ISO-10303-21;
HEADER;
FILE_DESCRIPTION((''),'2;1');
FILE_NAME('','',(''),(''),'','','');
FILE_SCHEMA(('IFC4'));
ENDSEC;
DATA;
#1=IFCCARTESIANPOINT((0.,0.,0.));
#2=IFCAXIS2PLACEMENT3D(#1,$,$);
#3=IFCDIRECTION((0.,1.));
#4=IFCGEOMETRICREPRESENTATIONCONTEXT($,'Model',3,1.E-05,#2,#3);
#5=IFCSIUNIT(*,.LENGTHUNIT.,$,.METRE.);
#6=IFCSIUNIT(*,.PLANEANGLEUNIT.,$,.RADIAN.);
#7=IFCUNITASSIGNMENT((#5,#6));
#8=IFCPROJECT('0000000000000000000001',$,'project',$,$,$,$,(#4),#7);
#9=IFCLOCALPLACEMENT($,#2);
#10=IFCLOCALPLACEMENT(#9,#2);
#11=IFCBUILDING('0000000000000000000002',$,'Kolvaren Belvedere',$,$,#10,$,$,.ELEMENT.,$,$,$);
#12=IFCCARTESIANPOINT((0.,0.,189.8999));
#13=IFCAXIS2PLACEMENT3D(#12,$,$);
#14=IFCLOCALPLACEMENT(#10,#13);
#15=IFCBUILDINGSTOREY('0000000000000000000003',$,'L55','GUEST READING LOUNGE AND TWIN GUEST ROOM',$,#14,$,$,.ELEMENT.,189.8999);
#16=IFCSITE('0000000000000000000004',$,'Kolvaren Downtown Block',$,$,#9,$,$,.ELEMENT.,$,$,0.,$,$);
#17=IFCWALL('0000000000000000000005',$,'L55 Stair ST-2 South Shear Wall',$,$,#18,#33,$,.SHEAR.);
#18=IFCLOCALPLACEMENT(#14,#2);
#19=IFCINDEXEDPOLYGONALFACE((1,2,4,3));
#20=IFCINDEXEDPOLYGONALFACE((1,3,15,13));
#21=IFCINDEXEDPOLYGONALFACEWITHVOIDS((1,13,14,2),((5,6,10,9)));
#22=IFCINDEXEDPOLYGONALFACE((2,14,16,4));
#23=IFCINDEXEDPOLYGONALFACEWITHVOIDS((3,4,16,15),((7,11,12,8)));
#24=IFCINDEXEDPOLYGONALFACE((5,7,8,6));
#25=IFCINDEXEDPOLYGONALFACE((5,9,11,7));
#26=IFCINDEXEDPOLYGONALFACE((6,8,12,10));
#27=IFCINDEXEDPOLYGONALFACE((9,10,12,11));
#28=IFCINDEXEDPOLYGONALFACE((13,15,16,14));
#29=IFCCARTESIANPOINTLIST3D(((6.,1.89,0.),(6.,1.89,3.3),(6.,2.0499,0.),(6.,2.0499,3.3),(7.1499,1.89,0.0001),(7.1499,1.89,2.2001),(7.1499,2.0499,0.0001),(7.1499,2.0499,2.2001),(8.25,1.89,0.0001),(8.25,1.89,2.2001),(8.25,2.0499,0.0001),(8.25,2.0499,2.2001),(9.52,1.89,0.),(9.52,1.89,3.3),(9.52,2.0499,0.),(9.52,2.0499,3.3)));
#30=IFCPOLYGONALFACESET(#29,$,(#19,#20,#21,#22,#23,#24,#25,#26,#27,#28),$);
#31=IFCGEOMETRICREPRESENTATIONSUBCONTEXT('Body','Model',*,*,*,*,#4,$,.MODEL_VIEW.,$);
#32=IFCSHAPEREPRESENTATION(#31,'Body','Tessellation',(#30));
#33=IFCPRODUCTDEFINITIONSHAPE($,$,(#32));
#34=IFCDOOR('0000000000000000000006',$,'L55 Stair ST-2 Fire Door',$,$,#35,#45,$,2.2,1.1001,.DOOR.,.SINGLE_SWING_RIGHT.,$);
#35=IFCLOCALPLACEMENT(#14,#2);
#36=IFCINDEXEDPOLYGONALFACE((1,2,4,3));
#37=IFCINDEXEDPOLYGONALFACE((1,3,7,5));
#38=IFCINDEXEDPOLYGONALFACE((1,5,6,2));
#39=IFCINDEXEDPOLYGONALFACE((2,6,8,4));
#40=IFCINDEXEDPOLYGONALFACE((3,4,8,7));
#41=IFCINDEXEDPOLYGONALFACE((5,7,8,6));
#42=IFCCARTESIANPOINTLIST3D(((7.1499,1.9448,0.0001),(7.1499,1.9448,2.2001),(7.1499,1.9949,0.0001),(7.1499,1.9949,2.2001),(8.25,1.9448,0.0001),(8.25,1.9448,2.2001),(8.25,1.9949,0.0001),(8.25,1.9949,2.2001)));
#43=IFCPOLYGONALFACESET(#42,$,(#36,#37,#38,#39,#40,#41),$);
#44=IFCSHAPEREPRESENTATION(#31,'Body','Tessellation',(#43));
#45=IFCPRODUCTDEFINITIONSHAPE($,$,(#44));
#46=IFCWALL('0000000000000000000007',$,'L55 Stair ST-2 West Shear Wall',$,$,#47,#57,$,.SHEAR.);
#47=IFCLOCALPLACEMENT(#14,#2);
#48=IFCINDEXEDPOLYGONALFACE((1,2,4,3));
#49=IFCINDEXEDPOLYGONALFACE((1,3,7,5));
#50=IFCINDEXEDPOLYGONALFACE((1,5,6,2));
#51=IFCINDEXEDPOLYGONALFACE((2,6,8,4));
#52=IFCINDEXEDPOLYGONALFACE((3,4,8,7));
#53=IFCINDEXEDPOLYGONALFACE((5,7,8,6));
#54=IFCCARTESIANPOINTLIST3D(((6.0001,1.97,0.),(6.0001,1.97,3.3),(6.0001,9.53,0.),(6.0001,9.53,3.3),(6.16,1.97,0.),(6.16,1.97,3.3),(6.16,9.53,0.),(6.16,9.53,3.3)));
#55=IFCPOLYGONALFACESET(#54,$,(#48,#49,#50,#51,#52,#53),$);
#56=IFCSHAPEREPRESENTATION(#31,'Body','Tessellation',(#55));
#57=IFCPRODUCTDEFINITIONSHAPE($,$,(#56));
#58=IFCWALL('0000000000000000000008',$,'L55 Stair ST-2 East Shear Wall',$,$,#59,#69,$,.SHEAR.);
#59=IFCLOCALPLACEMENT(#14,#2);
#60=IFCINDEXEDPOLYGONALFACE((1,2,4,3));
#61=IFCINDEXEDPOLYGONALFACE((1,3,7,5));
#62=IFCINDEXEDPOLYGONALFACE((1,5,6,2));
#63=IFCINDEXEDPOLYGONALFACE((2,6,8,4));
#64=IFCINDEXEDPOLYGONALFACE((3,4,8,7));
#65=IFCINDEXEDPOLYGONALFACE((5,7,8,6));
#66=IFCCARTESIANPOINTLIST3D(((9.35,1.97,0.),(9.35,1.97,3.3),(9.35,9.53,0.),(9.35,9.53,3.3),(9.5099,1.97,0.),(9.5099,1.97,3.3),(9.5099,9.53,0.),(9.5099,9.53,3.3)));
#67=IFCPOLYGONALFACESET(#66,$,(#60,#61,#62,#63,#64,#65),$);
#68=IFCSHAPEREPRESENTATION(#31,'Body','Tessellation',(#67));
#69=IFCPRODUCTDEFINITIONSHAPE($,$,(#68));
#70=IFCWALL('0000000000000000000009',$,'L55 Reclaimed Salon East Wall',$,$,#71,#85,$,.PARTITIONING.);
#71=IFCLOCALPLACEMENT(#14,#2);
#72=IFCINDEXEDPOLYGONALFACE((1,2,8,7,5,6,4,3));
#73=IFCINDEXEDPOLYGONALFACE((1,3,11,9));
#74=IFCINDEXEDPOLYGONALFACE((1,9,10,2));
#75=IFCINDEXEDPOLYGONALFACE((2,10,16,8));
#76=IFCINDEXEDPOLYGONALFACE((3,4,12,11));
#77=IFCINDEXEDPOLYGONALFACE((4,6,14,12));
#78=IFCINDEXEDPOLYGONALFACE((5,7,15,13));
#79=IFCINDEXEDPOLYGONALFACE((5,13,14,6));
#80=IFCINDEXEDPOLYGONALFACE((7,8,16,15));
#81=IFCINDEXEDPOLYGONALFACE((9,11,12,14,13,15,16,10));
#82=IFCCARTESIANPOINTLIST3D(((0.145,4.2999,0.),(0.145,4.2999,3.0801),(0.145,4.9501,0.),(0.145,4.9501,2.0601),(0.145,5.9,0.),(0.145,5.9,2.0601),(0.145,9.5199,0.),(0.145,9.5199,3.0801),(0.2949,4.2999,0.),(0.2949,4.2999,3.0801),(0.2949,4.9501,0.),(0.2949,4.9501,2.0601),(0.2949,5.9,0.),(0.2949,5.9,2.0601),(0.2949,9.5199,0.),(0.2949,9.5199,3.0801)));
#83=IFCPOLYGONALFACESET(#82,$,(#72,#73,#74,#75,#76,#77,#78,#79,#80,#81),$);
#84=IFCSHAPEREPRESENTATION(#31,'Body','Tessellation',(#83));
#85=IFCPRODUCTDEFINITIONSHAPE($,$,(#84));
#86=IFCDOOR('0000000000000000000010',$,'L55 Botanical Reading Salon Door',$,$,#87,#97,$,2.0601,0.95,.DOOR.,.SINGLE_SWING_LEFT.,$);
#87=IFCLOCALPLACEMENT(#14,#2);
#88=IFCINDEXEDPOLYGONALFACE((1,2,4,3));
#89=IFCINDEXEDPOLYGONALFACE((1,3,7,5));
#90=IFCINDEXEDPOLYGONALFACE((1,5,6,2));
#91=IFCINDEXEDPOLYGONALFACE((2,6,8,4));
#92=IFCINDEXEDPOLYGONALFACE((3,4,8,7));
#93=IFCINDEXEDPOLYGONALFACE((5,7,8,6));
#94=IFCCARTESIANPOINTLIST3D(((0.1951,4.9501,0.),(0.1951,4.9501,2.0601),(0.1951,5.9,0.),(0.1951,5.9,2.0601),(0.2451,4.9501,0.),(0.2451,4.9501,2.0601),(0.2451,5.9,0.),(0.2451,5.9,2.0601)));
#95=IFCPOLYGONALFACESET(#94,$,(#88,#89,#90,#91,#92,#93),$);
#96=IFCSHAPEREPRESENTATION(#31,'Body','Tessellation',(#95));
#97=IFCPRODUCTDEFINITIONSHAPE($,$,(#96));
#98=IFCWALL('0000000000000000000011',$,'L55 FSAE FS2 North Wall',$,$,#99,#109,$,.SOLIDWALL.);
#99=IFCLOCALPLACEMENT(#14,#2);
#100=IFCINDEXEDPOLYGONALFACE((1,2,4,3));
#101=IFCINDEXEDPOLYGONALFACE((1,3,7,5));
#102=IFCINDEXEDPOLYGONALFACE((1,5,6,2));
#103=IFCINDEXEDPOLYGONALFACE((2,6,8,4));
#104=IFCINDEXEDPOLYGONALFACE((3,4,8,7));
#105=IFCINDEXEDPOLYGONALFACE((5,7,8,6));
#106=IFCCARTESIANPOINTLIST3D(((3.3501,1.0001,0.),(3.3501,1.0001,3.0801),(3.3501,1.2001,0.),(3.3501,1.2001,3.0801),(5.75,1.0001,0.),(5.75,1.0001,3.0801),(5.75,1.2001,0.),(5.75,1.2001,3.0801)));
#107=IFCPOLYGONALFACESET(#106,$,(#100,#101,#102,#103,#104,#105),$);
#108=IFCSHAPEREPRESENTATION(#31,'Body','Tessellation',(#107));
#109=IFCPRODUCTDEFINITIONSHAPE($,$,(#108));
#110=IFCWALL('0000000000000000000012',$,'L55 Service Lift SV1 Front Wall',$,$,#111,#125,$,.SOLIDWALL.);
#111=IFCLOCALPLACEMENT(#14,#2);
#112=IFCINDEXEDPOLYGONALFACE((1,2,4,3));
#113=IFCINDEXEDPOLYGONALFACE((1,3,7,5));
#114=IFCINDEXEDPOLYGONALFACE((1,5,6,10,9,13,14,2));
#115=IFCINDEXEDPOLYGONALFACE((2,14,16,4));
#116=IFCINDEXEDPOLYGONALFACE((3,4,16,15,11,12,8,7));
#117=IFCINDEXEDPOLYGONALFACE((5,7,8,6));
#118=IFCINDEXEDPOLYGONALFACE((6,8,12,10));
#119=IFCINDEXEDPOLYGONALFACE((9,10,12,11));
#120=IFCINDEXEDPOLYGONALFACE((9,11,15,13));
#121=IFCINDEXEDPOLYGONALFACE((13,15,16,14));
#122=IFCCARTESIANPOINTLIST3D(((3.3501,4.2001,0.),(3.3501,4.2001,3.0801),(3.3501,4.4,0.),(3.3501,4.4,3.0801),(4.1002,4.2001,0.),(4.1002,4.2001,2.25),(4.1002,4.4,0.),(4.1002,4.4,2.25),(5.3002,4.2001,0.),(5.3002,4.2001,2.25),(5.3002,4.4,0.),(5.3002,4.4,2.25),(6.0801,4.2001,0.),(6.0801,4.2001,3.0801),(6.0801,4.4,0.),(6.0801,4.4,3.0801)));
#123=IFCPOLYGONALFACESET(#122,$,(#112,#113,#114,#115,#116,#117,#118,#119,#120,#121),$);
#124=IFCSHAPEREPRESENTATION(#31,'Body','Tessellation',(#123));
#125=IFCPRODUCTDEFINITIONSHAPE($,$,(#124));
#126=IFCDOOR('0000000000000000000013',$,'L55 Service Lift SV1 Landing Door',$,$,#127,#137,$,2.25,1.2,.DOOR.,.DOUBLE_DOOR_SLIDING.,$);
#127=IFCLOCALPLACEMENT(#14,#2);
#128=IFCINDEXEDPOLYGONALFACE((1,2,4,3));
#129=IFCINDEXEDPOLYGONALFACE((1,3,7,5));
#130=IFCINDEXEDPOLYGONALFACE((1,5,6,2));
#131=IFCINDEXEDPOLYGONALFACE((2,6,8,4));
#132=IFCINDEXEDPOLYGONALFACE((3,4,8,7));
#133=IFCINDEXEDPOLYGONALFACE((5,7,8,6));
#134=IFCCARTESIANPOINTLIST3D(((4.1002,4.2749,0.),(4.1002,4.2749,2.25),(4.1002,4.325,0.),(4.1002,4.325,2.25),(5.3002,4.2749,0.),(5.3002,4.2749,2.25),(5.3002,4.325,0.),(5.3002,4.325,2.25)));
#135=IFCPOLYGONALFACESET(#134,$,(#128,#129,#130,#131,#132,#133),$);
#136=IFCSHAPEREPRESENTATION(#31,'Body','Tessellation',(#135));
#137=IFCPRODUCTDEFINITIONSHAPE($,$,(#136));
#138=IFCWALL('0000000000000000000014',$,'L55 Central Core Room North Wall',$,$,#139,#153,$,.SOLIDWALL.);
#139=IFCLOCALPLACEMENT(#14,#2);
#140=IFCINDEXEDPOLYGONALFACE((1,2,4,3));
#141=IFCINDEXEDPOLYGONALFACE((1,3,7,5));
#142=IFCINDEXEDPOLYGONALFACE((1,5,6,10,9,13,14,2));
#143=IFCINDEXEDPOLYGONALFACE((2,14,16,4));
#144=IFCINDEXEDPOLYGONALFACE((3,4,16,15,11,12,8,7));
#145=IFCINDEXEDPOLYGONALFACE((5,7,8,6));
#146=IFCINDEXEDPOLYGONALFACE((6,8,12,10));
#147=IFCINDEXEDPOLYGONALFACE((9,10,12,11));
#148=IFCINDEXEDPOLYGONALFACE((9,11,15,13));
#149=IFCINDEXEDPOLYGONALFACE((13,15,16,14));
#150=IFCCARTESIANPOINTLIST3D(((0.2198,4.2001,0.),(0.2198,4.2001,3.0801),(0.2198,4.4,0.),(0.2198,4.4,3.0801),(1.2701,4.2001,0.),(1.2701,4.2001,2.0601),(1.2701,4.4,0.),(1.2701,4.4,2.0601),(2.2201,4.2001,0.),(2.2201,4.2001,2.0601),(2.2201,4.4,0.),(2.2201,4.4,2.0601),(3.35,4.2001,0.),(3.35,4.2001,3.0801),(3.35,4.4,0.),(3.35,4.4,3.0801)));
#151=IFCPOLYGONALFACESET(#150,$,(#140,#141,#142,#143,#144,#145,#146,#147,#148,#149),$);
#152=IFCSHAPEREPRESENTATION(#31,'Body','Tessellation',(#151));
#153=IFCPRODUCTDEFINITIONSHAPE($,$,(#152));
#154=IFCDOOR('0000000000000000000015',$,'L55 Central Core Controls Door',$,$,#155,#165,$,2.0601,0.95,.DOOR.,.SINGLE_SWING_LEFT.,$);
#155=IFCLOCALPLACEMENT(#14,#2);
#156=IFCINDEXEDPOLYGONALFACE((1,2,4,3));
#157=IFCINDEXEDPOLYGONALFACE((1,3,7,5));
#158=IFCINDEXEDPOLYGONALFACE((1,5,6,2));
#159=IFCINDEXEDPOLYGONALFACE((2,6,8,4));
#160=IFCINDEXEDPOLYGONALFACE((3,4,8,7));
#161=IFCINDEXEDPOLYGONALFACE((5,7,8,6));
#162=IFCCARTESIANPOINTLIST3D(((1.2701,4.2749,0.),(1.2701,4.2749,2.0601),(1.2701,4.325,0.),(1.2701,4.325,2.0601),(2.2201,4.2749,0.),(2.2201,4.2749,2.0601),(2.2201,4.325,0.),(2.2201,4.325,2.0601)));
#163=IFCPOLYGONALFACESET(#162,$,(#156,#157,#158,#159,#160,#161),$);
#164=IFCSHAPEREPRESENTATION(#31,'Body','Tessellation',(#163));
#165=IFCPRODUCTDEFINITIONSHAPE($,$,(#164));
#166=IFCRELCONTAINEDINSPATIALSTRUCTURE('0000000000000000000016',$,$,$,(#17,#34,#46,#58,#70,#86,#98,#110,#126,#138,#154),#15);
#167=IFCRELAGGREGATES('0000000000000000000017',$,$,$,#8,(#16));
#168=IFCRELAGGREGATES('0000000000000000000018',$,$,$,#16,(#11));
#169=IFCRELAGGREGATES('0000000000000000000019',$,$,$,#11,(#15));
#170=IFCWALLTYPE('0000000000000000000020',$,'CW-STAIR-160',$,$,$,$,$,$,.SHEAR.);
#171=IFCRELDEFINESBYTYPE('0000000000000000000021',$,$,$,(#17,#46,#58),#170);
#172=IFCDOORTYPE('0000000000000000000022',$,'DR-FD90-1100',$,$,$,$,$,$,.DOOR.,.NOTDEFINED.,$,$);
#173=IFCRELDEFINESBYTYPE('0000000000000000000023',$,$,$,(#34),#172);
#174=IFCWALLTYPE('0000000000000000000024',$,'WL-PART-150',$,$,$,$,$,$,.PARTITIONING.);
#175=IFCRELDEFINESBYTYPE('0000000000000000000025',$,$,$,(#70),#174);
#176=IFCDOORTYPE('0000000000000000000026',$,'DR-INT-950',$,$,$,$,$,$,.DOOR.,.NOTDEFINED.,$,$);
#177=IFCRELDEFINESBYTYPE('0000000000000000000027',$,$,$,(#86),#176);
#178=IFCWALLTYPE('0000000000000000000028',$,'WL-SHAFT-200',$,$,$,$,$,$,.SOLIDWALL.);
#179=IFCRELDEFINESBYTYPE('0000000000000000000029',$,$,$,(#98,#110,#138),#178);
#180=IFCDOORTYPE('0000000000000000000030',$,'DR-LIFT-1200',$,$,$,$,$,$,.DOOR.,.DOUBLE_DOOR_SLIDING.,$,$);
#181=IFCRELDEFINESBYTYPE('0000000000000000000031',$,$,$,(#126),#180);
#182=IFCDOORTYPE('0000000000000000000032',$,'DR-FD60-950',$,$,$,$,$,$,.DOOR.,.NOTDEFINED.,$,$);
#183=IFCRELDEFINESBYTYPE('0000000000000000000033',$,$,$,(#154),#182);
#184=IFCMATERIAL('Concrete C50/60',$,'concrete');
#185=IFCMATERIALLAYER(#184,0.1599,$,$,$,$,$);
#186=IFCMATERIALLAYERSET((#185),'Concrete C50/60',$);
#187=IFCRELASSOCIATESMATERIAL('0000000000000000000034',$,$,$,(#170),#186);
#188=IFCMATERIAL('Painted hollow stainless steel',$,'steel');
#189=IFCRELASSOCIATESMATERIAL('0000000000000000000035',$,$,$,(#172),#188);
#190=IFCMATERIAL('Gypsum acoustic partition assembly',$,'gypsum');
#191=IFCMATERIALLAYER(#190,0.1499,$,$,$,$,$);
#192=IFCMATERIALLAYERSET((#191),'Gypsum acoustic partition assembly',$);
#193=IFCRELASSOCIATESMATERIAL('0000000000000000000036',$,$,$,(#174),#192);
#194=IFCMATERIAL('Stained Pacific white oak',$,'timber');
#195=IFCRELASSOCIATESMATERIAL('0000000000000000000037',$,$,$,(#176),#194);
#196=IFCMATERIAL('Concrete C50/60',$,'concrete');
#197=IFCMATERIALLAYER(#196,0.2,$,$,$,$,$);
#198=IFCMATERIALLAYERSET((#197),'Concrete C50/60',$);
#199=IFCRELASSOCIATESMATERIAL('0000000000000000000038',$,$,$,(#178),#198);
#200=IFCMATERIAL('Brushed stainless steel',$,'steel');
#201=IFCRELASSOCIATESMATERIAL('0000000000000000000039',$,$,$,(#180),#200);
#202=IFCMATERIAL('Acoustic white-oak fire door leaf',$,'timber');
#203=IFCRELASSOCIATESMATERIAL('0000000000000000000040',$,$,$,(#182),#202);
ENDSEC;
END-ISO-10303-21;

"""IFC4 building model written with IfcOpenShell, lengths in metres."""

from ifc_helpers import new_model, si_unit, direction, frame, frame_2d, origin, place, context, subcontext, project, spatial, rectangle, extrude, material, layer, layer_set, type_object, element, fill, save


model = new_model("IFC4")

# Units and contexts
model_context = context("Model", 3, precision=1e-05, world=origin(), true_north=direction((0.0, 1.0)))
body_context = subcontext(model_context, "Body", "Model", "MODEL_VIEW")
ifc_project = project(units=[si_unit("LENGTHUNIT", "METRE"), si_unit("PLANEANGLEUNIT", "RADIAN")], contexts=[model_context])

# Site, building, storey
site_placement = place(None, origin())
site = spatial("IfcSite", under=ifc_project, at=site_placement, Name="Kolvaren Downtown Block", CompositionType="ELEMENT", RefElevation=0.0)
building_placement = place(site_placement, origin())
building = spatial("IfcBuilding", under=site, at=building_placement, Name="Kolvaren Belvedere", CompositionType="ELEMENT")
storey_placement = place(building_placement, frame((0.0, 0.0, 189.8999)))
storey = spatial("IfcBuildingStorey", under=building, at=storey_placement, Name="L55", Description="GUEST READING LOUNGE AND TWIN GUEST ROOM", CompositionType="ELEMENT", Elevation=189.8999)

# Wall, opening, door
ifc_material_1 = material(Name="Concrete C50/60", Category="concrete")
ifc_layer_1 = layer(ifc_material_1, 0.1599)
ifc_layer_set_1 = layer_set([ifc_layer_1], Name="Concrete C50/60")
wall_type_1 = type_object("IfcWallType", Name="CW-STAIR-160", PredefinedType="SHEAR", material=ifc_layer_set_1)
wall_1_placement = place(storey_placement, frame((6.0, 1.97, 0.0), z_axis=(0.0, 0.0, 1.0), x_axis=(1.0, 0.0, 0.0)))
wall_1 = element("IfcWall", 1, at=wall_1_placement, inside=storey, type_object=wall_type_1, Name="L55 Stair ST-2 South Shear Wall", PredefinedType="SHEAR", context=body_context, shape_type="SweptSolid", body=[
    extrude(rectangle(XDim=3.52, YDim=0.1599, at=frame_2d((1.76, 0.0))), origin(), (0.0, 0.0, 1.0), 3.3),
])
opening_1_placement = place(wall_1_placement, frame((1.1499, 0.0, 0.0)))
opening_1 = element("IfcOpeningElement", 2, at=opening_1_placement, cuts=wall_1, PredefinedType="OPENING", context=body_context, shape_type="SweptSolid", body=[
    extrude(rectangle(XDim=1.1001, YDim=2.2, at=frame_2d((0.55, 1.1001))), frame((0.0, 0.0898, 0.0), z_axis=(0.0, -1.0, 0.0), x_axis=(1.0, 0.0, 0.0)), (0.0, 0.0, 1.0), 0.1799),
])
ifc_material_2 = material(Name="Painted hollow stainless steel", Category="steel")
door_type_1 = type_object("IfcDoorType", Name="DR-FD90-1100", OperationType="NOTDEFINED", PredefinedType="DOOR", material=ifc_material_2)
door_1_placement = place(opening_1_placement, origin())
door_1 = element("IfcDoor", 3, at=door_1_placement, inside=storey, type_object=door_type_1, Name="L55 Stair ST-2 Fire Door", OperationType="SINGLE_SWING_RIGHT", OverallHeight=2.2, OverallWidth=1.1001, PredefinedType="DOOR", context=body_context, shape_type="SweptSolid", body=[
    extrude(rectangle(XDim=1.1001, YDim=2.2, at=frame_2d((0.55, 1.1001))), frame((0.0, 0.0249, 0.0), z_axis=(0.0, -1.0, 0.0), x_axis=(1.0, 0.0, 0.0)), (0.0, 0.0, 1.0), 0.05),
])
fill(opening_1, door_1)

# Walls
for number, where, z_axis, x_axis, name in (
    (4, (6.0801, 1.97, 0.0), (0.0, 0.0, 1.0), (0.0, 1.0, 0.0), "L55 Stair ST-2 West Shear Wall"),
    (5, (9.4299, 1.97, 0.0), (0.0, 0.0, 1.0), (0.0, 1.0, 0.0), "L55 Stair ST-2 East Shear Wall"),
):
    element("IfcWall", number, at=place(storey_placement, frame(where, z_axis=z_axis, x_axis=x_axis)), inside=storey, type_object=wall_type_1, Name=name, PredefinedType="SHEAR", context=body_context, shape_type="SweptSolid", body=[
        extrude(rectangle(XDim=7.5601, YDim=0.1599, at=frame_2d((3.78, 0.0))), origin(), (0.0, 0.0, 1.0), 3.3),
    ])

# Wall, opening, door
ifc_material_3 = material(Name="Gypsum acoustic partition assembly", Category="gypsum")
ifc_layer_2 = layer(ifc_material_3, 0.1499)
ifc_layer_set_2 = layer_set([ifc_layer_2], Name="Gypsum acoustic partition assembly")
wall_type_2 = type_object("IfcWallType", Name="WL-PART-150", PredefinedType="PARTITIONING", material=ifc_layer_set_2)
wall_2_placement = place(storey_placement, frame((0.22, 4.3, 0.0), z_axis=(0.0, 0.0, 1.0), x_axis=(0.0, 1.0, 0.0)))
wall_2 = element("IfcWall", 6, at=wall_2_placement, inside=storey, type_object=wall_type_2, Name="L55 Reclaimed Salon East Wall", PredefinedType="PARTITIONING", context=body_context, shape_type="SweptSolid", body=[
    extrude(rectangle(XDim=5.22, YDim=0.1499, at=frame_2d((2.6099, 0.0))), origin(), (0.0, 0.0, 1.0), 3.0801),
])
opening_2_placement = place(wall_2_placement, frame((0.6499, 0.0, 0.0)))
opening_2 = element("IfcOpeningElement", 7, at=opening_2_placement, cuts=wall_2, PredefinedType="OPENING", context=body_context, shape_type="SweptSolid", body=[
    extrude(rectangle(XDim=0.95, YDim=2.0601, at=frame_2d((0.4751, 1.03))), frame((0.0, 0.085, 0.0), z_axis=(0.0, -1.0, 0.0), x_axis=(1.0, 0.0, 0.0)), (0.0, 0.0, 1.0), 0.1699),
])
ifc_material_4 = material(Name="Stained Pacific white oak", Category="timber")
door_type_2 = type_object("IfcDoorType", Name="DR-INT-950", OperationType="NOTDEFINED", PredefinedType="DOOR", material=ifc_material_4)
door_2_placement = place(opening_2_placement, origin())
door_2 = element("IfcDoor", 8, at=door_2_placement, inside=storey, type_object=door_type_2, Name="L55 Botanical Reading Salon Door", OperationType="SINGLE_SWING_LEFT", OverallHeight=2.0601, OverallWidth=0.95, PredefinedType="DOOR", context=body_context, shape_type="SweptSolid", body=[
    extrude(rectangle(XDim=0.95, YDim=2.0601, at=frame_2d((0.4751, 1.03))), frame((0.0, 0.0249, 0.0), z_axis=(0.0, -1.0, 0.0), x_axis=(1.0, 0.0, 0.0)), (0.0, 0.0, 1.0), 0.05),
])
fill(opening_2, door_2)

# Wall
ifc_material_5 = material(Name="Concrete C50/60", Category="concrete")
ifc_layer_3 = layer(ifc_material_5, 0.2)
ifc_layer_set_3 = layer_set([ifc_layer_3], Name="Concrete C50/60")
wall_type_3 = type_object("IfcWallType", Name="WL-SHAFT-200", PredefinedType="SOLIDWALL", material=ifc_layer_set_3)
wall_3_placement = place(storey_placement, frame((3.3501, 1.1001, 0.0), z_axis=(0.0, 0.0, 1.0), x_axis=(1.0, 0.0, 0.0)))
element("IfcWall", 9, at=wall_3_placement, inside=storey, type_object=wall_type_3, Name="L55 FSAE FS2 North Wall", PredefinedType="SOLIDWALL", context=body_context, shape_type="SweptSolid", body=[
    extrude(rectangle(XDim=2.3999, YDim=0.2, at=frame_2d((1.2, 0.0))), origin(), (0.0, 0.0, 1.0), 3.0801),
])

# Walls, openings, doors
wall_4_placement = place(storey_placement, frame((3.3501, 4.3, 0.0), z_axis=(0.0, 0.0, 1.0), x_axis=(1.0, 0.0, 0.0)))
wall_4 = element("IfcWall", 10, at=wall_4_placement, inside=storey, type_object=wall_type_3, Name="L55 Service Lift SV1 Front Wall", PredefinedType="SOLIDWALL", context=body_context, shape_type="SweptSolid", body=[
    extrude(rectangle(XDim=2.73, YDim=0.2, at=frame_2d((1.365, 0.0))), origin(), (0.0, 0.0, 1.0), 3.0801),
])
opening_3_placement = place(wall_4_placement, frame((0.75, 0.0, 0.0)))
opening_3 = element("IfcOpeningElement", 11, at=opening_3_placement, cuts=wall_4, PredefinedType="OPENING", context=body_context, shape_type="SweptSolid", body=[
    extrude(rectangle(XDim=1.2, YDim=2.25, at=frame_2d((0.6001, 1.125))), frame((0.0, 0.1099, 0.0), z_axis=(0.0, -1.0, 0.0), x_axis=(1.0, 0.0, 0.0)), (0.0, 0.0, 1.0), 0.22),
])
ifc_material_6 = material(Name="Brushed stainless steel", Category="steel")
door_type_3 = type_object("IfcDoorType", Name="DR-LIFT-1200", OperationType="DOUBLE_DOOR_SLIDING", PredefinedType="DOOR", material=ifc_material_6)
door_3_placement = place(opening_3_placement, origin())
door_3 = element("IfcDoor", 12, at=door_3_placement, inside=storey, type_object=door_type_3, Name="L55 Service Lift SV1 Landing Door", OperationType="DOUBLE_DOOR_SLIDING", OverallHeight=2.25, OverallWidth=1.2, PredefinedType="DOOR", context=body_context, shape_type="SweptSolid", body=[
    extrude(rectangle(XDim=1.2, YDim=2.25, at=frame_2d((0.6001, 1.125))), frame((0.0, 0.0249, 0.0), z_axis=(0.0, -1.0, 0.0), x_axis=(1.0, 0.0, 0.0)), (0.0, 0.0, 1.0), 0.05),
])
fill(opening_3, door_3)
wall_5_placement = place(storey_placement, frame((0.22, 4.3, 0.0), z_axis=(0.0, 0.0, 1.0), x_axis=(1.0, 0.0, 0.0)))
wall_5 = element("IfcWall", 13, at=wall_5_placement, inside=storey, type_object=wall_type_3, Name="L55 Central Core Room North Wall", PredefinedType="SOLIDWALL", context=body_context, shape_type="SweptSolid", body=[
    extrude(rectangle(XDim=3.1301, YDim=0.2, at=frame_2d((1.5649, 0.0))), origin(), (0.0, 0.0, 1.0), 3.0801),
])
opening_4_placement = place(wall_5_placement, frame((1.05, 0.0, 0.0)))
opening_4 = element("IfcOpeningElement", 14, at=opening_4_placement, cuts=wall_5, PredefinedType="OPENING", context=body_context, shape_type="SweptSolid", body=[
    extrude(rectangle(XDim=0.95, YDim=2.0601, at=frame_2d((0.4751, 1.03))), frame((0.0, 0.1099, 0.0), z_axis=(0.0, -1.0, 0.0), x_axis=(1.0, 0.0, 0.0)), (0.0, 0.0, 1.0), 0.22),
])
ifc_material_7 = material(Name="Acoustic white-oak fire door leaf", Category="timber")
door_type_4 = type_object("IfcDoorType", Name="DR-FD60-950", OperationType="NOTDEFINED", PredefinedType="DOOR", material=ifc_material_7)
door_4_placement = place(opening_4_placement, origin())
door_4 = element("IfcDoor", 15, at=door_4_placement, inside=storey, type_object=door_type_4, Name="L55 Central Core Controls Door", OperationType="SINGLE_SWING_LEFT", OverallHeight=2.0601, OverallWidth=0.95, PredefinedType="DOOR", context=body_context, shape_type="SweptSolid", body=[
    extrude(rectangle(XDim=0.95, YDim=2.0601, at=frame_2d((0.4751, 1.03))), frame((0.0, 0.0249, 0.0), z_axis=(0.0, -1.0, 0.0), x_axis=(1.0, 0.0, 0.0)), (0.0, 0.0, 1.0), 0.05),
])
fill(opening_4, door_4)

save(model, "model.ifc")
